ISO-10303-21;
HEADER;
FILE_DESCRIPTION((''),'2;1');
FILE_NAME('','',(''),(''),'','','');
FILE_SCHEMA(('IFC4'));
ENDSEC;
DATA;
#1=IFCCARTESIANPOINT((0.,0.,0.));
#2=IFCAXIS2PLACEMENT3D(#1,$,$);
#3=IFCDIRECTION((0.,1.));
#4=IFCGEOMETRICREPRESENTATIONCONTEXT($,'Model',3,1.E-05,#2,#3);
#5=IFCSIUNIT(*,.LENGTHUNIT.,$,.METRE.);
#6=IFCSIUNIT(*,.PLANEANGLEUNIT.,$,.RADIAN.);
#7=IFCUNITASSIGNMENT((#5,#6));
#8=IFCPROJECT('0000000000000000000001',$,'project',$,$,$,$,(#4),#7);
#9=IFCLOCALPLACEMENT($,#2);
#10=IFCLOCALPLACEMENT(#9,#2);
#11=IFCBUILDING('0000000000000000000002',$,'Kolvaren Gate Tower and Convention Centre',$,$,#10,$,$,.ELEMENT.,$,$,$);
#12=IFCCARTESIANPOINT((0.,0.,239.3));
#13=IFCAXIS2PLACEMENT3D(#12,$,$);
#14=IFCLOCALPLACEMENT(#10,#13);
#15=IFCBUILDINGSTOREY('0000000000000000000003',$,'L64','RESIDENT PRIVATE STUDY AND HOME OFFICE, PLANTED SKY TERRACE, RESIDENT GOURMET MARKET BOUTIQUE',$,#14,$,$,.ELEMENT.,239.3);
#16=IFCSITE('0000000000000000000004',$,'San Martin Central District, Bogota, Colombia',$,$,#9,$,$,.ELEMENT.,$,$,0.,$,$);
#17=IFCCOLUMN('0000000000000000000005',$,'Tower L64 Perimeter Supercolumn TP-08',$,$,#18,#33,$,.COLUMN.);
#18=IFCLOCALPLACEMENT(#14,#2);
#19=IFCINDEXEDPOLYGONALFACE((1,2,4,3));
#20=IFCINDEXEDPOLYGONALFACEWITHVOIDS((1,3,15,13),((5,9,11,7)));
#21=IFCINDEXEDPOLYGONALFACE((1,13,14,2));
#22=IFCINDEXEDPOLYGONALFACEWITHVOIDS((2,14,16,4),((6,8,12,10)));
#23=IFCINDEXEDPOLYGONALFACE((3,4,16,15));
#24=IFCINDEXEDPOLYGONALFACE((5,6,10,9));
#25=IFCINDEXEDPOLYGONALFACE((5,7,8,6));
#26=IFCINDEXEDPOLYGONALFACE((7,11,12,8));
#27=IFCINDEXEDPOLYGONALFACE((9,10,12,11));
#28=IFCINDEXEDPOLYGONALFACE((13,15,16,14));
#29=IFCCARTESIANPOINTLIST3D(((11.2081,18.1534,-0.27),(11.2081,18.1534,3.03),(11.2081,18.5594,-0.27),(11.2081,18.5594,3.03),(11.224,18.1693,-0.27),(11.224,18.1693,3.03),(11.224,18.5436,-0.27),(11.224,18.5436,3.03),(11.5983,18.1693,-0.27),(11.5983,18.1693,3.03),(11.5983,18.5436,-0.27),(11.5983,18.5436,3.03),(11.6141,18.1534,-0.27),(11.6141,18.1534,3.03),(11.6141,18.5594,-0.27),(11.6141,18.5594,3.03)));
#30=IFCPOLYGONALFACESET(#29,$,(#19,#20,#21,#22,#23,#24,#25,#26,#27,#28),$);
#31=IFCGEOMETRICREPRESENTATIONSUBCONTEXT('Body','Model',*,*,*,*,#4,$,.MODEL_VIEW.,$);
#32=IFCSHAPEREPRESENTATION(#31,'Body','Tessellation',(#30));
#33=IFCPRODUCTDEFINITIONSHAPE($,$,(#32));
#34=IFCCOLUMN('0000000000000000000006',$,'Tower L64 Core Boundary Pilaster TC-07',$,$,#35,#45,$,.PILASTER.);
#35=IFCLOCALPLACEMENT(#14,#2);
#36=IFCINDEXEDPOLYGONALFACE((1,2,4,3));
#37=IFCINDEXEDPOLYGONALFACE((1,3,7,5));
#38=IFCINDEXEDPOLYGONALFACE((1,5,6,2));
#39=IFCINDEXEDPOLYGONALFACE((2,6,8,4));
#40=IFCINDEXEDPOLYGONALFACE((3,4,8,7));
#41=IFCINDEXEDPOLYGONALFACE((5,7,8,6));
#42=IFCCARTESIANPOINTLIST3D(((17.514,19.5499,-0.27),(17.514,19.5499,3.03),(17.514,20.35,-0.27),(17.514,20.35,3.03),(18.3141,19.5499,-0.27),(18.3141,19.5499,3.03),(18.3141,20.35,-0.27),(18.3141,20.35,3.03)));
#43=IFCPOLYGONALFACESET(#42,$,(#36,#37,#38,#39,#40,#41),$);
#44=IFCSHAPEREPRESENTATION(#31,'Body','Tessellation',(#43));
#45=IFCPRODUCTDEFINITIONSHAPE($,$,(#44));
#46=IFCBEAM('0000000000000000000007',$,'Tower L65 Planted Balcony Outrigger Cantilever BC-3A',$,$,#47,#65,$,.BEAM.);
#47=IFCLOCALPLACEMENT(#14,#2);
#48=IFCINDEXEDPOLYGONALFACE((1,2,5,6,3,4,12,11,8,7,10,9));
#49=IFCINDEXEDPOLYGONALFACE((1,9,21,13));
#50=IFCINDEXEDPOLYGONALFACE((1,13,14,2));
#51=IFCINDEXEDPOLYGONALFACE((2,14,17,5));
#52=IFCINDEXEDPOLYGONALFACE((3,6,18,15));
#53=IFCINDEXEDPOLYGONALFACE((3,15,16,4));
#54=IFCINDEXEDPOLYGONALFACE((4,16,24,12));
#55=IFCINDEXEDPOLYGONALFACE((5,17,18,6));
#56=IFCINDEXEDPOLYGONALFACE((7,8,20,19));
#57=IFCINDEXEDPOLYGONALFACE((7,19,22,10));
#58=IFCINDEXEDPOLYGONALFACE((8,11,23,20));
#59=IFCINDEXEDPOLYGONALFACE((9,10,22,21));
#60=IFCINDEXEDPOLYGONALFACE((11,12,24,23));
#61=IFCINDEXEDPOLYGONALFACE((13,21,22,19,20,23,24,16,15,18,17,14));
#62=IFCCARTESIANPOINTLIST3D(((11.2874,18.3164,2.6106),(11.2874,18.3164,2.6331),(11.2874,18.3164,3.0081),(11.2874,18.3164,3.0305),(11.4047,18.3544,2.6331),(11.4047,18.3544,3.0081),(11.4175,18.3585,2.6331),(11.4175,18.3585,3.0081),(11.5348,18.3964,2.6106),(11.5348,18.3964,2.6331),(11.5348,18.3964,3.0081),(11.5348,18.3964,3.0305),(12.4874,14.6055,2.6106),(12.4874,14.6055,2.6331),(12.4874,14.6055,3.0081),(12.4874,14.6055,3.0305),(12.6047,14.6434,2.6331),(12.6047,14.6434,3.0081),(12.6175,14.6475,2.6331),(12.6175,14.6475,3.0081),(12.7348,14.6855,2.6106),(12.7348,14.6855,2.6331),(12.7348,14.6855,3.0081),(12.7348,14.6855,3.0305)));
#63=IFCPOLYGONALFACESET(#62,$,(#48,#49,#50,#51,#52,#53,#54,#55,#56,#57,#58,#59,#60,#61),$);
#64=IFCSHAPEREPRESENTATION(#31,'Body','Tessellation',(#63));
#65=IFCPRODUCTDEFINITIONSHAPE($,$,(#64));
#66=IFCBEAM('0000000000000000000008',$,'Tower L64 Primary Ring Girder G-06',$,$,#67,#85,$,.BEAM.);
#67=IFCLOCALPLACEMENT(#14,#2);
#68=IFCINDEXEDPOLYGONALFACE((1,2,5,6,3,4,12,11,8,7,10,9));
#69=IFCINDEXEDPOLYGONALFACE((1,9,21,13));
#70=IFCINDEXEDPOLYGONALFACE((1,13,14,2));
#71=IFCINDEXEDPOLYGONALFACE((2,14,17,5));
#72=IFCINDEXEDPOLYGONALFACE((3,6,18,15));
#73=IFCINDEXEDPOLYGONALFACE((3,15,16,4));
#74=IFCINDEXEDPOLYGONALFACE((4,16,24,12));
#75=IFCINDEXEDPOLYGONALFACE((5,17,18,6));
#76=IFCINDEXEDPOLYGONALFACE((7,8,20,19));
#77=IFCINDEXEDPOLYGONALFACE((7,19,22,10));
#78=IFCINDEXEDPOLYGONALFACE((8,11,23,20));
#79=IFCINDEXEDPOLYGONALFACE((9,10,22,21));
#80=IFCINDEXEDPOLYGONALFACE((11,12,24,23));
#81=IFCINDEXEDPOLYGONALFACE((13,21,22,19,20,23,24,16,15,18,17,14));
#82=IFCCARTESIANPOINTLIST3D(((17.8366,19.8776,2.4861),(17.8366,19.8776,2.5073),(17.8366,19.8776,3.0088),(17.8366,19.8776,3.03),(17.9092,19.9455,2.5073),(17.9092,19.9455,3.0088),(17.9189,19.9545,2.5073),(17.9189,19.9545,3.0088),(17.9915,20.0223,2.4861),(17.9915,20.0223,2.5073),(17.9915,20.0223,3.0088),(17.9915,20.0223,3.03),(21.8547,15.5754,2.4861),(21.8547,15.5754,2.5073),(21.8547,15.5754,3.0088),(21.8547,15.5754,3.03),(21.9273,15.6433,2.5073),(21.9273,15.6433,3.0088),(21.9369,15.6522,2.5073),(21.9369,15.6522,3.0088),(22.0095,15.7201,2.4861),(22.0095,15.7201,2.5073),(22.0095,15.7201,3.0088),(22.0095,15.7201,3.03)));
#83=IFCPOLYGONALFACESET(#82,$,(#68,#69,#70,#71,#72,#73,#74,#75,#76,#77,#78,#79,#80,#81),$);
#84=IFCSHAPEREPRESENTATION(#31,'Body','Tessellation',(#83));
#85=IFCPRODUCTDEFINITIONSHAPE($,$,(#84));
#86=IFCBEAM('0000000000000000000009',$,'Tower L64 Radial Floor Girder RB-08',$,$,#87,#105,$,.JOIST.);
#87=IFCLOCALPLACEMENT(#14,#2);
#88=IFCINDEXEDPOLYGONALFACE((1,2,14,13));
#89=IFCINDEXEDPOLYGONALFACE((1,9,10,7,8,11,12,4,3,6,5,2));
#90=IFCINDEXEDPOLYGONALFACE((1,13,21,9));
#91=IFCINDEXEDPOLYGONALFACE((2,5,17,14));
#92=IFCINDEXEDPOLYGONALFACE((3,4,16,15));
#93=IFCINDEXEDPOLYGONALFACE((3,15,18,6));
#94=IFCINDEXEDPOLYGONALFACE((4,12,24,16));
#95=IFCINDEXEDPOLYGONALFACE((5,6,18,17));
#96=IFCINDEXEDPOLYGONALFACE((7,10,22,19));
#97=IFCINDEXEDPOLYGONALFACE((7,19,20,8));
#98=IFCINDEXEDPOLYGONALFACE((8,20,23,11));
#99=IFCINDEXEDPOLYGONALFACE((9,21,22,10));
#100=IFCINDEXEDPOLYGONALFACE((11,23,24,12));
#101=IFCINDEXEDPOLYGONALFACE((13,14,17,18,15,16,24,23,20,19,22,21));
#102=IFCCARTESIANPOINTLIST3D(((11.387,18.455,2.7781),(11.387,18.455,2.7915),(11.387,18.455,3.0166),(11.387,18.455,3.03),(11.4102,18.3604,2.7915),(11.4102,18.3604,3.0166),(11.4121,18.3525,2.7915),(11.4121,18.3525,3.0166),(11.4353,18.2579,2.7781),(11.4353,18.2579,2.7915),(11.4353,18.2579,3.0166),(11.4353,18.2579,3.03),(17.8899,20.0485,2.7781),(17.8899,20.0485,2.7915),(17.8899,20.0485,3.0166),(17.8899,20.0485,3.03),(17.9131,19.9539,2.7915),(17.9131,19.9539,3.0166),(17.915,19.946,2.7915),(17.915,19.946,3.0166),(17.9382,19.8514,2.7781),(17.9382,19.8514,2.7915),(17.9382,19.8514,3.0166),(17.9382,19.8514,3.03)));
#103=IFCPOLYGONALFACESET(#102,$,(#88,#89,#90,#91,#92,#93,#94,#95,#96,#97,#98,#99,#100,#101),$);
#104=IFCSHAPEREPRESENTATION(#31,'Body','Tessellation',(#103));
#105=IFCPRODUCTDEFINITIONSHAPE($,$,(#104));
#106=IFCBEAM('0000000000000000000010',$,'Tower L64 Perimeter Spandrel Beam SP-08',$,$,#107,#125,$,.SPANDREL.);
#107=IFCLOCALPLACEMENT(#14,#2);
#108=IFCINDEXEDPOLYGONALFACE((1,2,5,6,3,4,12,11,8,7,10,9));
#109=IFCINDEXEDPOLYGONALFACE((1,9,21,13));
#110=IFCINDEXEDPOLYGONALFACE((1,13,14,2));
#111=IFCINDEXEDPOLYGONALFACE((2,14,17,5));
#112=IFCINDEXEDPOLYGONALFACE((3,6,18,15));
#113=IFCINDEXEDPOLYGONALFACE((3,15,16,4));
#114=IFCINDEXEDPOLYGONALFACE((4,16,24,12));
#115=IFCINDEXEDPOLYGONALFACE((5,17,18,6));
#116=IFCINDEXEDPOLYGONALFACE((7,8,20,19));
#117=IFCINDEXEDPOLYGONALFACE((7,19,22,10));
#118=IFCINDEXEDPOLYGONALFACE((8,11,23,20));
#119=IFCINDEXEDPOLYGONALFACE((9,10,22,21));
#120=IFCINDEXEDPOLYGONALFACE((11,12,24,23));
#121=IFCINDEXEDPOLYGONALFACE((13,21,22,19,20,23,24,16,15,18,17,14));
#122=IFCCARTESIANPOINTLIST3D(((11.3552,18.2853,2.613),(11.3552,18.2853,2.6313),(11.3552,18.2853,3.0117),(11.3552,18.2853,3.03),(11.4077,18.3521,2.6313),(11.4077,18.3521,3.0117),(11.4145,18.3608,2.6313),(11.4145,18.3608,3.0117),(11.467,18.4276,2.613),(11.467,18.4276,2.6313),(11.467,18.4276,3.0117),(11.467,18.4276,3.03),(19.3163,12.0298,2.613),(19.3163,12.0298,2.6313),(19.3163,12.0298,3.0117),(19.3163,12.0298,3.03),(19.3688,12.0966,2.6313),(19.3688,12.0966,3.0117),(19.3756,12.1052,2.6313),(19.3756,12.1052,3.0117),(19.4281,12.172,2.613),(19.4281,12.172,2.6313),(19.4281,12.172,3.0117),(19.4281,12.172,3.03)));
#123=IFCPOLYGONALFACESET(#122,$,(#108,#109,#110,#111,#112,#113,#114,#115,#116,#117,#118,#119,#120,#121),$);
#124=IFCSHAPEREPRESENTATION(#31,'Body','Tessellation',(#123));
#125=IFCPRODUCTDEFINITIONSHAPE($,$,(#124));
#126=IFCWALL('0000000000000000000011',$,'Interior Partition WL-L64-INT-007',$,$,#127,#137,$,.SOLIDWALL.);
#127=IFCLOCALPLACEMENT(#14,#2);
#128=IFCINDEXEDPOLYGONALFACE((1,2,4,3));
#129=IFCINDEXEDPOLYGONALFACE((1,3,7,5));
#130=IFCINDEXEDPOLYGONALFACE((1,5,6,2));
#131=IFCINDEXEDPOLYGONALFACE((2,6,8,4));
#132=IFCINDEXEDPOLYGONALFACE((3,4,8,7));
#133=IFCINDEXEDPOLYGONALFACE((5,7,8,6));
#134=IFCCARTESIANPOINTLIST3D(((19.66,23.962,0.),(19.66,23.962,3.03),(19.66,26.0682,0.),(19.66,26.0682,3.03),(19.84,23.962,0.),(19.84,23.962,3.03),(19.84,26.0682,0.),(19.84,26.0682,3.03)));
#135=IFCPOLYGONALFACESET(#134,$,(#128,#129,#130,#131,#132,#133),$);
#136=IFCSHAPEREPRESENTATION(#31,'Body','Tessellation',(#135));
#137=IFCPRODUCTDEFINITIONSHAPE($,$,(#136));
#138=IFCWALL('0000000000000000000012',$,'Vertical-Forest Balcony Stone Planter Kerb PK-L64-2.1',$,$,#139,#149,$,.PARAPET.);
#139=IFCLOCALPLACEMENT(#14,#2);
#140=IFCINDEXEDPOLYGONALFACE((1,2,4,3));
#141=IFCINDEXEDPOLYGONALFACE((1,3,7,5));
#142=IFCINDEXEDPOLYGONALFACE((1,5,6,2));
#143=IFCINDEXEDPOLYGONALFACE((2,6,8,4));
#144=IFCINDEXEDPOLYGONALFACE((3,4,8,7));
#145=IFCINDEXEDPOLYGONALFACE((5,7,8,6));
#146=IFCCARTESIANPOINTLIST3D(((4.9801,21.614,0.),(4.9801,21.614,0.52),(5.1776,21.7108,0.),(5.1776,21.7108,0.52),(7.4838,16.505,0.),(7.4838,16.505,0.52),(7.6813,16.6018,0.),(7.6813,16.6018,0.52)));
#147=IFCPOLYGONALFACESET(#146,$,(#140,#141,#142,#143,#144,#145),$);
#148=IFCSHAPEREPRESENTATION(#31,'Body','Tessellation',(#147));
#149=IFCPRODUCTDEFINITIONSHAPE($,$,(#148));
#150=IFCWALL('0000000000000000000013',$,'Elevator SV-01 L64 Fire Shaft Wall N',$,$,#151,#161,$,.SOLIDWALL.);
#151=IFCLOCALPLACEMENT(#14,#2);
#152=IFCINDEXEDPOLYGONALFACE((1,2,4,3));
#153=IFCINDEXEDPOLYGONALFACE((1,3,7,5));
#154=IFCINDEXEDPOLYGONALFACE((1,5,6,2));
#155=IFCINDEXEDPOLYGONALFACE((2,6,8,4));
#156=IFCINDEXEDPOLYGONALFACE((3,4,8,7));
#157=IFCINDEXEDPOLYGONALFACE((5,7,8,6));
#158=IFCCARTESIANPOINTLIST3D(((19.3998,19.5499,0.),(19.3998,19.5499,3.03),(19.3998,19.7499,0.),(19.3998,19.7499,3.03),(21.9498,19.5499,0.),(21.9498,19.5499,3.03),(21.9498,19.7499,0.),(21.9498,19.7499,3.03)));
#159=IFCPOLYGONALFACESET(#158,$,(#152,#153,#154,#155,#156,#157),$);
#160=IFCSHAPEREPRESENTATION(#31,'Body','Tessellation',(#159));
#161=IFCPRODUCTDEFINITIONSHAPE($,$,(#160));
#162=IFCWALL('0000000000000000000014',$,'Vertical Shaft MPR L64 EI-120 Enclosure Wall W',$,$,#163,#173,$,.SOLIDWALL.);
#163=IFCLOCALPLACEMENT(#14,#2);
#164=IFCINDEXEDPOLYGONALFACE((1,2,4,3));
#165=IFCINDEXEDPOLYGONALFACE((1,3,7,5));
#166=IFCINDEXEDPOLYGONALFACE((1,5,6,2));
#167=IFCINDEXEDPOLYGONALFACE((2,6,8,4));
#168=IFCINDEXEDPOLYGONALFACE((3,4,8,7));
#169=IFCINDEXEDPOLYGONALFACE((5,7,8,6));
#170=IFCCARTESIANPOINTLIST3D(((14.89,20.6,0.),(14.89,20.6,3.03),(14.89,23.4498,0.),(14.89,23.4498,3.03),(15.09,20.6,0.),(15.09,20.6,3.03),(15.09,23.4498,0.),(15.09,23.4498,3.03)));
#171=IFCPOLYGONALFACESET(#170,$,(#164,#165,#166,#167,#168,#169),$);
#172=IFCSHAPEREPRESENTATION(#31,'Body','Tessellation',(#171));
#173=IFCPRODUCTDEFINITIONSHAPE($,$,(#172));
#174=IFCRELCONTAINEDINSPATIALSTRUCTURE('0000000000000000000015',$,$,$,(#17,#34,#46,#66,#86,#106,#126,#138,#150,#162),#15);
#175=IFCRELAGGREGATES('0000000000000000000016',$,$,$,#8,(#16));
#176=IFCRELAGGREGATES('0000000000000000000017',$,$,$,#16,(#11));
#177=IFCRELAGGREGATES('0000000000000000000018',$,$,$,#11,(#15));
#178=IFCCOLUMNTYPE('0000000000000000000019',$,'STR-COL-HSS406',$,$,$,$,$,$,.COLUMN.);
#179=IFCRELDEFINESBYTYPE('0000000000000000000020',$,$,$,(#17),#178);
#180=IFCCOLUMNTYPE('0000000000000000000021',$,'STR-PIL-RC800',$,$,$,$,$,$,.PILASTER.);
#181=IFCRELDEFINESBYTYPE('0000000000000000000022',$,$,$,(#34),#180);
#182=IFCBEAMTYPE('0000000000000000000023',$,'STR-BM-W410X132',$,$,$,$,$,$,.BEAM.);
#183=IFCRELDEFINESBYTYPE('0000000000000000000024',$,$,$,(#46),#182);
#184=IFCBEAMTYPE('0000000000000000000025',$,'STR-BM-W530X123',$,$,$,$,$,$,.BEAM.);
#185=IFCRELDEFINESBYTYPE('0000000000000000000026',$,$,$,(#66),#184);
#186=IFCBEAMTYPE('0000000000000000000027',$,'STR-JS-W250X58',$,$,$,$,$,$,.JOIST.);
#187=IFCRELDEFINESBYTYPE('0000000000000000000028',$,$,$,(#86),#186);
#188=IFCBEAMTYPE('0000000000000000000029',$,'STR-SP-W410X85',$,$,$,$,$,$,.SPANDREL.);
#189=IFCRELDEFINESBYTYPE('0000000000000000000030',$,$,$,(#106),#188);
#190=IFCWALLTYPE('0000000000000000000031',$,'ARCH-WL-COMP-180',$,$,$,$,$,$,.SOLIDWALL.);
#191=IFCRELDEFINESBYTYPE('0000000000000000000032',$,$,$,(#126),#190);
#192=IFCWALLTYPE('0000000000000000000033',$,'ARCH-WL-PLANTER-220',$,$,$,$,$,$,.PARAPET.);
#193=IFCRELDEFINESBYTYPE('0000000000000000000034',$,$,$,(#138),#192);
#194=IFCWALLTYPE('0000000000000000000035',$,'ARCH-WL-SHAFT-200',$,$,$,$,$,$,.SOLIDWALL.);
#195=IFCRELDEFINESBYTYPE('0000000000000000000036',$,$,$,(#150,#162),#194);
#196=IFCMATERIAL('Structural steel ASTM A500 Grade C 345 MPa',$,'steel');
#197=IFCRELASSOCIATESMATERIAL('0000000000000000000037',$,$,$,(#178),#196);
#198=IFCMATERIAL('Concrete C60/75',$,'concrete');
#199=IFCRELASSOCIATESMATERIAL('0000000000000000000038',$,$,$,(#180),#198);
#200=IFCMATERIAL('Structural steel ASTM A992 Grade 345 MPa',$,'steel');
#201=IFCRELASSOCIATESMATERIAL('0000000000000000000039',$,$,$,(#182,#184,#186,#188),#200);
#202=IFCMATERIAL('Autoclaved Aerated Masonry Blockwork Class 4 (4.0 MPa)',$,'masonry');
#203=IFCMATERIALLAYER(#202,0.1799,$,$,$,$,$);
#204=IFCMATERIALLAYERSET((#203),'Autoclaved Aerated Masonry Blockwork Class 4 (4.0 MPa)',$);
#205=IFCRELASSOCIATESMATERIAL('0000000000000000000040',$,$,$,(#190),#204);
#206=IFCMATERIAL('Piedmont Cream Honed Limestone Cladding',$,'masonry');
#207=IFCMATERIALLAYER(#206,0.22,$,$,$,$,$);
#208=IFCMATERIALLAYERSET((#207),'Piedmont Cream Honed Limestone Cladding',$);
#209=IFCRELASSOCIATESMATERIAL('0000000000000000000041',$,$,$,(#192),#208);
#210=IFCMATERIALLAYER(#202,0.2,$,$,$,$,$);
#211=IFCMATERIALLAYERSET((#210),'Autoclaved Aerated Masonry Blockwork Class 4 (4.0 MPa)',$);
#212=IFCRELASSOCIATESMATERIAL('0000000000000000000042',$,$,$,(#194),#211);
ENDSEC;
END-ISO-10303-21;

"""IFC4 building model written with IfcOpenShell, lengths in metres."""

from ifc_helpers import new_model, si_unit, direction, frame, frame_2d, origin, origin_2d, place, context, subcontext, project, spatial, rectangle, hollow_rectangle, i_section, extrude, material, layer, layer_set, material_profile, profile_set, type_object, element, save


model = new_model("IFC4")

# Units and contexts
model_context = context("Model", 3, precision=1e-05, world=origin(), true_north=direction((0.0, 1.0)))
body_context = subcontext(model_context, "Body", "Model", "MODEL_VIEW")
ifc_project = project(units=[si_unit("LENGTHUNIT", "METRE"), si_unit("PLANEANGLEUNIT", "RADIAN")], contexts=[model_context])

# Site, building, storey
site_placement = place(None, origin())
site = spatial("IfcSite", under=ifc_project, at=site_placement, Name="San Martin Central District, Bogota, Colombia", CompositionType="ELEMENT", RefElevation=0.0)
building_placement = place(site_placement, origin())
building = spatial("IfcBuilding", under=site, at=building_placement, Name="Kolvaren Gate Tower and Convention Centre", CompositionType="ELEMENT")
storey_placement = place(building_placement, frame((0.0, 0.0, 239.3)))
storey = spatial("IfcBuildingStorey", under=building, at=storey_placement, Name="L64", Description="RESIDENT PRIVATE STUDY AND HOME OFFICE, PLANTED SKY TERRACE, RESIDENT GOURMET MARKET BOUTIQUE", CompositionType="ELEMENT", Elevation=239.3)

# Columns
ifc_material_1 = material(Name="Structural steel ASTM A500 Grade C 345 MPa", Category="steel")
ifc_material_profile_1 = material_profile(ifc_material_1, hollow_rectangle(XDim=0.406, YDim=0.406, WallThickness=0.0159, at=origin_2d()), Name="HSS406X406X15.9")
ifc_profile_set_1 = profile_set([ifc_material_profile_1], Name="Structural steel ASTM A500 Grade C 345 MPa")
column_type_1 = type_object("IfcColumnType", Name="STR-COL-HSS406", PredefinedType="COLUMN", material=ifc_profile_set_1)
column_1_placement = place(storey_placement, frame((11.4111, 18.3564, -0.27), z_axis=(0.0, 0.0, 1.0), x_axis=(1.0, 0.0, 0.0)))
element("IfcColumn", 1, at=column_1_placement, inside=storey, type_object=column_type_1, Name="Tower L64 Perimeter Supercolumn TP-08", PredefinedType="COLUMN", context=body_context, shape_type="SweptSolid", body=[
    extrude(hollow_rectangle(XDim=0.406, YDim=0.406, WallThickness=0.0159, at=origin_2d()), origin(), (0.0, 0.0, 1.0), 3.3),
])
ifc_material_2 = material(Name="Concrete C60/75", Category="concrete")
ifc_material_profile_2 = material_profile(ifc_material_2, rectangle(XDim=0.8, YDim=0.8, at=origin_2d()), Name="RC-COL-800X800")
ifc_profile_set_2 = profile_set([ifc_material_profile_2], Name="Concrete C60/75")
column_type_2 = type_object("IfcColumnType", Name="STR-PIL-RC800", PredefinedType="PILASTER", material=ifc_profile_set_2)
column_2_placement = place(storey_placement, frame((17.9141, 19.95, -0.27), z_axis=(0.0, 0.0, 1.0), x_axis=(1.0, 0.0, 0.0)))
element("IfcColumn", 2, at=column_2_placement, inside=storey, type_object=column_type_2, Name="Tower L64 Core Boundary Pilaster TC-07", PredefinedType="PILASTER", context=body_context, shape_type="SweptSolid", body=[
    extrude(rectangle(XDim=0.8, YDim=0.8, at=origin_2d()), origin(), (0.0, 0.0, 1.0), 3.3),
])

# Beams
ifc_material_3 = material(Name="Structural steel ASTM A992 Grade 345 MPa", Category="steel")
ifc_material_profile_3 = material_profile(ifc_material_3, i_section(OverallWidth=0.26, OverallDepth=0.4199, WebThickness=0.0134, FlangeThickness=0.0225, at=origin_2d()), Name="W410X132")
ifc_profile_set_3 = profile_set([ifc_material_profile_3], Name="Structural steel ASTM A992 Grade 345 MPa")
beam_type_1 = type_object("IfcBeamType", Name="STR-BM-W410X132", PredefinedType="BEAM", material=ifc_profile_set_3)
beam_1_placement = place(storey_placement, frame((11.4111, 18.3564, 2.8206), z_axis=(0.30767, -0.951493, 0.0), x_axis=(0.951493, 0.30767, 0.0)))
element("IfcBeam", 3, at=beam_1_placement, inside=storey, type_object=beam_type_1, Name="Tower L65 Planted Balcony Outrigger Cantilever BC-3A", PredefinedType="BEAM", context=body_context, shape_type="SweptSolid", body=[
    extrude(i_section(OverallWidth=0.26, OverallDepth=0.4199, WebThickness=0.0134, FlangeThickness=0.0225, at=origin_2d()), origin(), (0.0, 0.0, 1.0), 3.9001),
])
ifc_material_profile_4 = material_profile(ifc_material_3, i_section(OverallWidth=0.2119, OverallDepth=0.5439, WebThickness=0.0132, FlangeThickness=0.0212, at=origin_2d()), Name="W530X123")
ifc_profile_set_4 = profile_set([ifc_material_profile_4], Name="Structural steel ASTM A992 Grade 345 MPa")
beam_type_2 = type_object("IfcBeamType", Name="STR-BM-W530X123", PredefinedType="BEAM", material=ifc_profile_set_4)
beam_2_placement = place(storey_placement, frame((17.9141, 19.95, 2.7581), z_axis=(0.682558, -0.730832, 0.0), x_axis=(0.730832, 0.682558, 0.0)))
element("IfcBeam", 4, at=beam_2_placement, inside=storey, type_object=beam_type_2, Name="Tower L64 Primary Ring Girder G-06", PredefinedType="BEAM", context=body_context, shape_type="SweptSolid", body=[
    extrude(i_section(OverallWidth=0.2119, OverallDepth=0.5439, WebThickness=0.0132, FlangeThickness=0.0212, at=origin_2d()), origin(), (0.0, 0.0, 1.0), 5.8867),
])
ifc_material_profile_5 = material_profile(ifc_material_3, i_section(OverallWidth=0.2029, OverallDepth=0.252, WebThickness=0.0081, FlangeThickness=0.0134, at=origin_2d()), Name="W250X58")
ifc_profile_set_5 = profile_set([ifc_material_profile_5], Name="Structural steel ASTM A992 Grade 345 MPa")
beam_type_3 = type_object("IfcBeamType", Name="STR-JS-W250X58", PredefinedType="JOIST", material=ifc_profile_set_5)
beam_3_placement = place(storey_placement, frame((17.9141, 19.95, 2.9041), z_axis=(-0.971264, -0.238003, 0.0), x_axis=(0.238003, -0.971264, 0.0)))
element("IfcBeam", 5, at=beam_3_placement, inside=storey, type_object=beam_type_3, Name="Tower L64 Radial Floor Girder RB-08", PredefinedType="JOIST", context=body_context, shape_type="SweptSolid", body=[
    extrude(i_section(OverallWidth=0.2029, OverallDepth=0.252, WebThickness=0.0081, FlangeThickness=0.0134, at=origin_2d()), origin(), (0.0, 0.0, 1.0), 6.6953),
])
ifc_material_profile_6 = material_profile(ifc_material_3, i_section(OverallWidth=0.1809, OverallDepth=0.417, WebThickness=0.011, FlangeThickness=0.0183, at=origin_2d()), Name="W410X85")
ifc_profile_set_6 = profile_set([ifc_material_profile_6], Name="Structural steel ASTM A992 Grade 345 MPa")
beam_type_4 = type_object("IfcBeamType", Name="STR-SP-W410X85", PredefinedType="SPANDREL", material=ifc_profile_set_6)
beam_4_placement = place(storey_placement, frame((11.4111, 18.3564, 2.8215), z_axis=(0.786299, -0.617846, 0.0), x_axis=(0.617846, 0.786299, 0.0)))
element("IfcBeam", 6, at=beam_4_placement, inside=storey, type_object=beam_type_4, Name="Tower L64 Perimeter Spandrel Beam SP-08", PredefinedType="SPANDREL", context=body_context, shape_type="SweptSolid", body=[
    extrude(i_section(OverallWidth=0.1809, OverallDepth=0.417, WebThickness=0.011, FlangeThickness=0.0183, at=origin_2d()), origin(), (0.0, 0.0, 1.0), 10.1248),
])

# Walls
ifc_material_4 = material(Name="Autoclaved Aerated Masonry Blockwork Class 4 (4.0 MPa)", Category="masonry")
ifc_layer_1 = layer(ifc_material_4, 0.1799)
ifc_layer_set_1 = layer_set([ifc_layer_1], Name="Autoclaved Aerated Masonry Blockwork Class 4 (4.0 MPa)")
wall_type_1 = type_object("IfcWallType", Name="ARCH-WL-COMP-180", PredefinedType="SOLIDWALL", material=ifc_layer_set_1)
wall_1_placement = place(storey_placement, frame((19.75, 23.9619, 0.0), z_axis=(0.0, 0.0, 1.0), x_axis=(0.0, 1.0, 0.0)))
element("IfcWall", 7, at=wall_1_placement, inside=storey, type_object=wall_type_1, Name="Interior Partition WL-L64-INT-007", PredefinedType="SOLIDWALL", context=body_context, shape_type="SweptSolid", body=[
    extrude(rectangle(XDim=2.1062, YDim=0.1799, at=frame_2d((1.0532, 0.0))), origin(), (0.0, 0.0, 1.0), 3.03),
])
ifc_material_5 = material(Name="Piedmont Cream Honed Limestone Cladding", Category="masonry")
ifc_layer_2 = layer(ifc_material_5, 0.22)
ifc_layer_set_2 = layer_set([ifc_layer_2], Name="Piedmont Cream Honed Limestone Cladding")
wall_type_2 = type_object("IfcWallType", Name="ARCH-WL-PLANTER-220", PredefinedType="PARAPET", material=ifc_layer_set_2)
wall_2_placement = place(storey_placement, frame((5.0789, 21.6624, 0.0), z_axis=(0.0, 0.0, 1.0), x_axis=(0.440059, -0.897969, 0.0)))
element("IfcWall", 8, at=wall_2_placement, inside=storey, type_object=wall_type_2, Name="Vertical-Forest Balcony Stone Planter Kerb PK-L64-2.1", PredefinedType="PARAPET", context=body_context, shape_type="SweptSolid", body=[
    extrude(rectangle(XDim=5.6895, YDim=0.22, at=frame_2d((2.8447, 0.0))), origin(), (0.0, 0.0, 1.0), 0.52),
])
ifc_layer_3 = layer(ifc_material_4, 0.2)
ifc_layer_set_3 = layer_set([ifc_layer_3], Name="Autoclaved Aerated Masonry Blockwork Class 4 (4.0 MPa)")
wall_type_3 = type_object("IfcWallType", Name="ARCH-WL-SHAFT-200", PredefinedType="SOLIDWALL", material=ifc_layer_set_3)
wall_3_placement = place(storey_placement, frame((19.3999, 19.6499, 0.0), z_axis=(0.0, 0.0, 1.0), x_axis=(1.0, 0.0, 0.0)))
element("IfcWall", 9, at=wall_3_placement, inside=storey, type_object=wall_type_3, Name="Elevator SV-01 L64 Fire Shaft Wall N", PredefinedType="SOLIDWALL", context=body_context, shape_type="SweptSolid", body=[
    extrude(rectangle(XDim=2.55, YDim=0.2, at=frame_2d((1.2749, 0.0))), origin(), (0.0, 0.0, 1.0), 3.03),
])
wall_4_placement = place(storey_placement, frame((14.99, 20.6001, 0.0), z_axis=(0.0, 0.0, 1.0), x_axis=(0.0, 1.0, 0.0)))
element("IfcWall", 10, at=wall_4_placement, inside=storey, type_object=wall_type_3, Name="Vertical Shaft MPR L64 EI-120 Enclosure Wall W", PredefinedType="SOLIDWALL", context=body_context, shape_type="SweptSolid", body=[
    extrude(rectangle(XDim=2.8499, YDim=0.2, at=frame_2d((1.4248, 0.0))), origin(), (0.0, 0.0, 1.0), 3.03),
])

save(model, "model.ifc")
